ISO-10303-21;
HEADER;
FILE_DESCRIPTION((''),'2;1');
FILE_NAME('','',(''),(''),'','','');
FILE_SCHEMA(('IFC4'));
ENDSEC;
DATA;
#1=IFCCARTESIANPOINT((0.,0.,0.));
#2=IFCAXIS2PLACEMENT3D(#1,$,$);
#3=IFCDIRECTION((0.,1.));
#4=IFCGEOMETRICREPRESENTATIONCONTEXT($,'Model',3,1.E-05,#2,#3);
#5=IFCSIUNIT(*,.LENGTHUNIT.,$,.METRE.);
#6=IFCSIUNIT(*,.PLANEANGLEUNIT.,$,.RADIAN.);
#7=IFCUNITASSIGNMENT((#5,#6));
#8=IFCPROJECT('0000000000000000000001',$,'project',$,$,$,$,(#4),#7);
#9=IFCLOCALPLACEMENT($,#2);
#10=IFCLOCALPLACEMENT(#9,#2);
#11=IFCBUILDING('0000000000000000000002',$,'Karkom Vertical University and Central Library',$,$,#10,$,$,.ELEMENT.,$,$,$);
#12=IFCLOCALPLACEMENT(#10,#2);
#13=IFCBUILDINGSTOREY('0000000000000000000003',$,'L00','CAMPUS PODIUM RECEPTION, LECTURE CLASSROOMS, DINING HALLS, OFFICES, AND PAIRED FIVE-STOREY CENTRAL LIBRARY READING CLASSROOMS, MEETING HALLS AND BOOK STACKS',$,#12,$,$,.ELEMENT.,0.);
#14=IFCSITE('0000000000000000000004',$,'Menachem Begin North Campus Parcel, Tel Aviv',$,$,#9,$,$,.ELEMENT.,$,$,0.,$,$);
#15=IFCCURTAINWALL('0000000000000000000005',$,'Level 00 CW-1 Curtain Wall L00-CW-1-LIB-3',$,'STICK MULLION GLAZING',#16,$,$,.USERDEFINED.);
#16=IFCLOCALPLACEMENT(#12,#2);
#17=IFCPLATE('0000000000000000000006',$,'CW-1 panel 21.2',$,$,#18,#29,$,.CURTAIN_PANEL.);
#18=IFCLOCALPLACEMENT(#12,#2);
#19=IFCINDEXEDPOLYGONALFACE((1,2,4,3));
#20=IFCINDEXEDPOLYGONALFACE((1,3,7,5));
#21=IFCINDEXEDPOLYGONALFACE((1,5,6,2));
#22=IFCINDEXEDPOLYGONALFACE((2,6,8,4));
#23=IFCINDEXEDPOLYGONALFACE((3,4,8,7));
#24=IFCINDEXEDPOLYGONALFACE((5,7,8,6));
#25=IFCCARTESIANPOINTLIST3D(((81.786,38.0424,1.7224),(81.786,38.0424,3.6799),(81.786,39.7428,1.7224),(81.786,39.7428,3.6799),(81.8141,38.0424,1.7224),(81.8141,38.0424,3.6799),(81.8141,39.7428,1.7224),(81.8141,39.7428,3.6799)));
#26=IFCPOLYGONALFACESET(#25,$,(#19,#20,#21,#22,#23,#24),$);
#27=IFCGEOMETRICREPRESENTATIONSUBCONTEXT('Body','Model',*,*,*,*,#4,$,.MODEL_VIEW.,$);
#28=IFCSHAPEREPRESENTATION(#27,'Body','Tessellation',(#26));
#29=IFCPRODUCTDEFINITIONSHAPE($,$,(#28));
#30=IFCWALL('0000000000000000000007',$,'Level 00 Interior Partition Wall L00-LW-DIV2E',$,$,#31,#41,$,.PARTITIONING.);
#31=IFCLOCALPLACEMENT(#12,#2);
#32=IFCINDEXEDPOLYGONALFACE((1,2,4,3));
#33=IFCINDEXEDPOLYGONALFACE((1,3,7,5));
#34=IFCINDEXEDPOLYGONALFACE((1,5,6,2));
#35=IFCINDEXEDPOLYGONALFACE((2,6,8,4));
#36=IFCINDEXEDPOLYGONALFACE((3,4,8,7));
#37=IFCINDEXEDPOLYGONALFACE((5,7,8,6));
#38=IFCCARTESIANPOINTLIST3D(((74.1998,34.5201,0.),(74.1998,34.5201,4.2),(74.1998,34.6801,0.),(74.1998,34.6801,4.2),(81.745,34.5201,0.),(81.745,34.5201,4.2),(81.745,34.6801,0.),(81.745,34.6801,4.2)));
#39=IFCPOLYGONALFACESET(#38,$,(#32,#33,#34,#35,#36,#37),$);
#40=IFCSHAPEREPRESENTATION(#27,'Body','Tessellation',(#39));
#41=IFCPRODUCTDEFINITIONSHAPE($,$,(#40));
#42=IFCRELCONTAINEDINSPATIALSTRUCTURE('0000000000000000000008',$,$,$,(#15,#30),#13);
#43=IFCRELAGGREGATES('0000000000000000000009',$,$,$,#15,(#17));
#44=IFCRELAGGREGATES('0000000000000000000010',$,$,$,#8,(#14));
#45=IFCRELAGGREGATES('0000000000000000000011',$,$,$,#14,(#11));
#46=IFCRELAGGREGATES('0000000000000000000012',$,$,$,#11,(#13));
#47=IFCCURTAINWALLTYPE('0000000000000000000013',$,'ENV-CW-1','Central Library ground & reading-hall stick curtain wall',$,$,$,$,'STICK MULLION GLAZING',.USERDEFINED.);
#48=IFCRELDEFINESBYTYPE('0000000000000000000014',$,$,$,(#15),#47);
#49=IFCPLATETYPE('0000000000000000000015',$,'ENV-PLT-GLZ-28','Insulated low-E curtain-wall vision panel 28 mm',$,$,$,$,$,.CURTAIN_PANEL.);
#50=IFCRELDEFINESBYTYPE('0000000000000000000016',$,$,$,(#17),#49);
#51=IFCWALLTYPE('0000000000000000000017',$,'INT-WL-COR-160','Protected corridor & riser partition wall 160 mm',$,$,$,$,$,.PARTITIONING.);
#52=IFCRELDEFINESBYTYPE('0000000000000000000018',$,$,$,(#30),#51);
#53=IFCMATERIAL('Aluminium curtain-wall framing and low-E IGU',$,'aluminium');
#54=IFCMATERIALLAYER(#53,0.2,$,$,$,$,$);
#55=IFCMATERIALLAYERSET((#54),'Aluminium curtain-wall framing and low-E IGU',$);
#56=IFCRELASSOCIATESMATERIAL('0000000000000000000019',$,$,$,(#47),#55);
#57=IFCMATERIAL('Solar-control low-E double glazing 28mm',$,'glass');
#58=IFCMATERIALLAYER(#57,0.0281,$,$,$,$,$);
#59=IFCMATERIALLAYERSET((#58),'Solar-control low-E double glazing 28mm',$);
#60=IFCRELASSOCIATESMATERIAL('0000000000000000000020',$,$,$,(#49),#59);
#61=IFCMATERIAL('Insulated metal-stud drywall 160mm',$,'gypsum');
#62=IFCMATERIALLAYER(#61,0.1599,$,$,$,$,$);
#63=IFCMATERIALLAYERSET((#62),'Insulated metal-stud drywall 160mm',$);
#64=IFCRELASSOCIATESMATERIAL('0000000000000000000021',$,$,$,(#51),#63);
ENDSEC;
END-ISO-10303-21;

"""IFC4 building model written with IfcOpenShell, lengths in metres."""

from ifc_helpers import new_model, si_unit, direction, frame, frame_2d, origin, origin_with_axes, origin_2d, place, context, subcontext, project, spatial, rectangle, extrude, source, transform, mapped, material, layer, layer_set, type_object, element, aggregate, save


model = new_model("IFC4")

# Units and contexts
model_context = context("Model", 3, precision=1e-05, world=origin(), true_north=direction((0.0, 1.0)))
body_context = subcontext(model_context, "Body", "Model", "MODEL_VIEW")
ifc_project = project(units=[si_unit("LENGTHUNIT", "METRE"), si_unit("PLANEANGLEUNIT", "RADIAN")], contexts=[model_context])

# Site, building, storey
site_placement = place(None, origin())
site = spatial("IfcSite", under=ifc_project, at=site_placement, Name="Menachem Begin North Campus Parcel, Tel Aviv", CompositionType="ELEMENT", RefElevation=0.0)
building_placement = place(site_placement, origin())
building = spatial("IfcBuilding", under=site, at=building_placement, Name="Karkom Vertical University and Central Library", CompositionType="ELEMENT")
storey_placement = place(building_placement, origin())
storey = spatial("IfcBuildingStorey", under=building, at=storey_placement, Name="L00", Description="CAMPUS PODIUM RECEPTION, LECTURE CLASSROOMS, DINING HALLS, OFFICES, AND PAIRED FIVE-STOREY CENTRAL LIBRARY READING CLASSROOMS, MEETING HALLS AND BOOK STACKS", CompositionType="ELEMENT", Elevation=0.0)

# Curtain wall, plate
ifc_material_1 = material(Name="Aluminium curtain-wall framing and low-E IGU", Category="aluminium")
ifc_layer_1 = layer(ifc_material_1, 0.2)
ifc_layer_set_1 = layer_set([ifc_layer_1], Name="Aluminium curtain-wall framing and low-E IGU")
curtain_wall_type = type_object("IfcCurtainWallType", Name="ENV-CW-1", Description="Central Library ground & reading-hall stick curtain wall", ElementType="STICK MULLION GLAZING", PredefinedType="USERDEFINED", material=ifc_layer_set_1)
curtain_wall_placement = place(storey_placement, origin())
curtain_wall = element("IfcCurtainWall", 1, at=curtain_wall_placement, inside=storey, type_object=curtain_wall_type, Name="Level 00 CW-1 Curtain Wall L00-CW-1-LIB-3", ObjectType="STICK MULLION GLAZING", PredefinedType="USERDEFINED")
ifc_material_2 = material(Name="Solar-control low-E double glazing 28mm", Category="glass")
ifc_layer_2 = layer(ifc_material_2, 0.0281)
ifc_layer_set_2 = layer_set([ifc_layer_2], Name="Solar-control low-E double glazing 28mm")
plate_type = type_object("IfcPlateType", Name="ENV-PLT-GLZ-28", Description="Insulated low-E curtain-wall vision panel 28 mm", PredefinedType="CURTAIN_PANEL", material=ifc_layer_set_2)
shared_shape_1 = source(origin_with_axes(), body_context, "Body", "SweptSolid", [
    extrude(rectangle(XDim=1.7004, YDim=0.0281, at=origin_2d()), origin(), (0.0, 0.0, 1.0), 1.9575),
])
plate_1_placement = place(storey_placement, frame((81.8, 38.8926, 1.7224), z_axis=(0.0, 0.0, 1.0), x_axis=(0.0, 1.0, 0.0)))
plate_1 = element("IfcPlate", 2, at=plate_1_placement, type_object=plate_type, Name="CW-1 panel 21.2", PredefinedType="CURTAIN_PANEL", context=body_context, shape_type="MappedRepresentation", body=[
    mapped(shared_shape_1, transform((0.0, 0.0, 0.0), scale=1.0)),
])
aggregate(curtain_wall, [plate_1])

# Wall
ifc_material_3 = material(Name="Insulated metal-stud drywall 160mm", Category="gypsum")
ifc_layer_3 = layer(ifc_material_3, 0.1599)
ifc_layer_set_3 = layer_set([ifc_layer_3], Name="Insulated metal-stud drywall 160mm")
wall_type = type_object("IfcWallType", Name="INT-WL-COR-160", Description="Protected corridor & riser partition wall 160 mm", PredefinedType="PARTITIONING", material=ifc_layer_set_3)
wall_placement = place(storey_placement, frame((74.2, 34.6001, 0.0), z_axis=(0.0, 0.0, 1.0), x_axis=(1.0, 0.0, 0.0)))
element("IfcWall", 3, at=wall_placement, inside=storey, type_object=wall_type, Name="Level 00 Interior Partition Wall L00-LW-DIV2E", PredefinedType="PARTITIONING", context=body_context, shape_type="SweptSolid", body=[
    extrude(rectangle(XDim=7.5452, YDim=0.1599, at=frame_2d((3.7725, 0.0))), origin(), (0.0, 0.0, 1.0), 4.2),
])

save(model, "model.ifc")
